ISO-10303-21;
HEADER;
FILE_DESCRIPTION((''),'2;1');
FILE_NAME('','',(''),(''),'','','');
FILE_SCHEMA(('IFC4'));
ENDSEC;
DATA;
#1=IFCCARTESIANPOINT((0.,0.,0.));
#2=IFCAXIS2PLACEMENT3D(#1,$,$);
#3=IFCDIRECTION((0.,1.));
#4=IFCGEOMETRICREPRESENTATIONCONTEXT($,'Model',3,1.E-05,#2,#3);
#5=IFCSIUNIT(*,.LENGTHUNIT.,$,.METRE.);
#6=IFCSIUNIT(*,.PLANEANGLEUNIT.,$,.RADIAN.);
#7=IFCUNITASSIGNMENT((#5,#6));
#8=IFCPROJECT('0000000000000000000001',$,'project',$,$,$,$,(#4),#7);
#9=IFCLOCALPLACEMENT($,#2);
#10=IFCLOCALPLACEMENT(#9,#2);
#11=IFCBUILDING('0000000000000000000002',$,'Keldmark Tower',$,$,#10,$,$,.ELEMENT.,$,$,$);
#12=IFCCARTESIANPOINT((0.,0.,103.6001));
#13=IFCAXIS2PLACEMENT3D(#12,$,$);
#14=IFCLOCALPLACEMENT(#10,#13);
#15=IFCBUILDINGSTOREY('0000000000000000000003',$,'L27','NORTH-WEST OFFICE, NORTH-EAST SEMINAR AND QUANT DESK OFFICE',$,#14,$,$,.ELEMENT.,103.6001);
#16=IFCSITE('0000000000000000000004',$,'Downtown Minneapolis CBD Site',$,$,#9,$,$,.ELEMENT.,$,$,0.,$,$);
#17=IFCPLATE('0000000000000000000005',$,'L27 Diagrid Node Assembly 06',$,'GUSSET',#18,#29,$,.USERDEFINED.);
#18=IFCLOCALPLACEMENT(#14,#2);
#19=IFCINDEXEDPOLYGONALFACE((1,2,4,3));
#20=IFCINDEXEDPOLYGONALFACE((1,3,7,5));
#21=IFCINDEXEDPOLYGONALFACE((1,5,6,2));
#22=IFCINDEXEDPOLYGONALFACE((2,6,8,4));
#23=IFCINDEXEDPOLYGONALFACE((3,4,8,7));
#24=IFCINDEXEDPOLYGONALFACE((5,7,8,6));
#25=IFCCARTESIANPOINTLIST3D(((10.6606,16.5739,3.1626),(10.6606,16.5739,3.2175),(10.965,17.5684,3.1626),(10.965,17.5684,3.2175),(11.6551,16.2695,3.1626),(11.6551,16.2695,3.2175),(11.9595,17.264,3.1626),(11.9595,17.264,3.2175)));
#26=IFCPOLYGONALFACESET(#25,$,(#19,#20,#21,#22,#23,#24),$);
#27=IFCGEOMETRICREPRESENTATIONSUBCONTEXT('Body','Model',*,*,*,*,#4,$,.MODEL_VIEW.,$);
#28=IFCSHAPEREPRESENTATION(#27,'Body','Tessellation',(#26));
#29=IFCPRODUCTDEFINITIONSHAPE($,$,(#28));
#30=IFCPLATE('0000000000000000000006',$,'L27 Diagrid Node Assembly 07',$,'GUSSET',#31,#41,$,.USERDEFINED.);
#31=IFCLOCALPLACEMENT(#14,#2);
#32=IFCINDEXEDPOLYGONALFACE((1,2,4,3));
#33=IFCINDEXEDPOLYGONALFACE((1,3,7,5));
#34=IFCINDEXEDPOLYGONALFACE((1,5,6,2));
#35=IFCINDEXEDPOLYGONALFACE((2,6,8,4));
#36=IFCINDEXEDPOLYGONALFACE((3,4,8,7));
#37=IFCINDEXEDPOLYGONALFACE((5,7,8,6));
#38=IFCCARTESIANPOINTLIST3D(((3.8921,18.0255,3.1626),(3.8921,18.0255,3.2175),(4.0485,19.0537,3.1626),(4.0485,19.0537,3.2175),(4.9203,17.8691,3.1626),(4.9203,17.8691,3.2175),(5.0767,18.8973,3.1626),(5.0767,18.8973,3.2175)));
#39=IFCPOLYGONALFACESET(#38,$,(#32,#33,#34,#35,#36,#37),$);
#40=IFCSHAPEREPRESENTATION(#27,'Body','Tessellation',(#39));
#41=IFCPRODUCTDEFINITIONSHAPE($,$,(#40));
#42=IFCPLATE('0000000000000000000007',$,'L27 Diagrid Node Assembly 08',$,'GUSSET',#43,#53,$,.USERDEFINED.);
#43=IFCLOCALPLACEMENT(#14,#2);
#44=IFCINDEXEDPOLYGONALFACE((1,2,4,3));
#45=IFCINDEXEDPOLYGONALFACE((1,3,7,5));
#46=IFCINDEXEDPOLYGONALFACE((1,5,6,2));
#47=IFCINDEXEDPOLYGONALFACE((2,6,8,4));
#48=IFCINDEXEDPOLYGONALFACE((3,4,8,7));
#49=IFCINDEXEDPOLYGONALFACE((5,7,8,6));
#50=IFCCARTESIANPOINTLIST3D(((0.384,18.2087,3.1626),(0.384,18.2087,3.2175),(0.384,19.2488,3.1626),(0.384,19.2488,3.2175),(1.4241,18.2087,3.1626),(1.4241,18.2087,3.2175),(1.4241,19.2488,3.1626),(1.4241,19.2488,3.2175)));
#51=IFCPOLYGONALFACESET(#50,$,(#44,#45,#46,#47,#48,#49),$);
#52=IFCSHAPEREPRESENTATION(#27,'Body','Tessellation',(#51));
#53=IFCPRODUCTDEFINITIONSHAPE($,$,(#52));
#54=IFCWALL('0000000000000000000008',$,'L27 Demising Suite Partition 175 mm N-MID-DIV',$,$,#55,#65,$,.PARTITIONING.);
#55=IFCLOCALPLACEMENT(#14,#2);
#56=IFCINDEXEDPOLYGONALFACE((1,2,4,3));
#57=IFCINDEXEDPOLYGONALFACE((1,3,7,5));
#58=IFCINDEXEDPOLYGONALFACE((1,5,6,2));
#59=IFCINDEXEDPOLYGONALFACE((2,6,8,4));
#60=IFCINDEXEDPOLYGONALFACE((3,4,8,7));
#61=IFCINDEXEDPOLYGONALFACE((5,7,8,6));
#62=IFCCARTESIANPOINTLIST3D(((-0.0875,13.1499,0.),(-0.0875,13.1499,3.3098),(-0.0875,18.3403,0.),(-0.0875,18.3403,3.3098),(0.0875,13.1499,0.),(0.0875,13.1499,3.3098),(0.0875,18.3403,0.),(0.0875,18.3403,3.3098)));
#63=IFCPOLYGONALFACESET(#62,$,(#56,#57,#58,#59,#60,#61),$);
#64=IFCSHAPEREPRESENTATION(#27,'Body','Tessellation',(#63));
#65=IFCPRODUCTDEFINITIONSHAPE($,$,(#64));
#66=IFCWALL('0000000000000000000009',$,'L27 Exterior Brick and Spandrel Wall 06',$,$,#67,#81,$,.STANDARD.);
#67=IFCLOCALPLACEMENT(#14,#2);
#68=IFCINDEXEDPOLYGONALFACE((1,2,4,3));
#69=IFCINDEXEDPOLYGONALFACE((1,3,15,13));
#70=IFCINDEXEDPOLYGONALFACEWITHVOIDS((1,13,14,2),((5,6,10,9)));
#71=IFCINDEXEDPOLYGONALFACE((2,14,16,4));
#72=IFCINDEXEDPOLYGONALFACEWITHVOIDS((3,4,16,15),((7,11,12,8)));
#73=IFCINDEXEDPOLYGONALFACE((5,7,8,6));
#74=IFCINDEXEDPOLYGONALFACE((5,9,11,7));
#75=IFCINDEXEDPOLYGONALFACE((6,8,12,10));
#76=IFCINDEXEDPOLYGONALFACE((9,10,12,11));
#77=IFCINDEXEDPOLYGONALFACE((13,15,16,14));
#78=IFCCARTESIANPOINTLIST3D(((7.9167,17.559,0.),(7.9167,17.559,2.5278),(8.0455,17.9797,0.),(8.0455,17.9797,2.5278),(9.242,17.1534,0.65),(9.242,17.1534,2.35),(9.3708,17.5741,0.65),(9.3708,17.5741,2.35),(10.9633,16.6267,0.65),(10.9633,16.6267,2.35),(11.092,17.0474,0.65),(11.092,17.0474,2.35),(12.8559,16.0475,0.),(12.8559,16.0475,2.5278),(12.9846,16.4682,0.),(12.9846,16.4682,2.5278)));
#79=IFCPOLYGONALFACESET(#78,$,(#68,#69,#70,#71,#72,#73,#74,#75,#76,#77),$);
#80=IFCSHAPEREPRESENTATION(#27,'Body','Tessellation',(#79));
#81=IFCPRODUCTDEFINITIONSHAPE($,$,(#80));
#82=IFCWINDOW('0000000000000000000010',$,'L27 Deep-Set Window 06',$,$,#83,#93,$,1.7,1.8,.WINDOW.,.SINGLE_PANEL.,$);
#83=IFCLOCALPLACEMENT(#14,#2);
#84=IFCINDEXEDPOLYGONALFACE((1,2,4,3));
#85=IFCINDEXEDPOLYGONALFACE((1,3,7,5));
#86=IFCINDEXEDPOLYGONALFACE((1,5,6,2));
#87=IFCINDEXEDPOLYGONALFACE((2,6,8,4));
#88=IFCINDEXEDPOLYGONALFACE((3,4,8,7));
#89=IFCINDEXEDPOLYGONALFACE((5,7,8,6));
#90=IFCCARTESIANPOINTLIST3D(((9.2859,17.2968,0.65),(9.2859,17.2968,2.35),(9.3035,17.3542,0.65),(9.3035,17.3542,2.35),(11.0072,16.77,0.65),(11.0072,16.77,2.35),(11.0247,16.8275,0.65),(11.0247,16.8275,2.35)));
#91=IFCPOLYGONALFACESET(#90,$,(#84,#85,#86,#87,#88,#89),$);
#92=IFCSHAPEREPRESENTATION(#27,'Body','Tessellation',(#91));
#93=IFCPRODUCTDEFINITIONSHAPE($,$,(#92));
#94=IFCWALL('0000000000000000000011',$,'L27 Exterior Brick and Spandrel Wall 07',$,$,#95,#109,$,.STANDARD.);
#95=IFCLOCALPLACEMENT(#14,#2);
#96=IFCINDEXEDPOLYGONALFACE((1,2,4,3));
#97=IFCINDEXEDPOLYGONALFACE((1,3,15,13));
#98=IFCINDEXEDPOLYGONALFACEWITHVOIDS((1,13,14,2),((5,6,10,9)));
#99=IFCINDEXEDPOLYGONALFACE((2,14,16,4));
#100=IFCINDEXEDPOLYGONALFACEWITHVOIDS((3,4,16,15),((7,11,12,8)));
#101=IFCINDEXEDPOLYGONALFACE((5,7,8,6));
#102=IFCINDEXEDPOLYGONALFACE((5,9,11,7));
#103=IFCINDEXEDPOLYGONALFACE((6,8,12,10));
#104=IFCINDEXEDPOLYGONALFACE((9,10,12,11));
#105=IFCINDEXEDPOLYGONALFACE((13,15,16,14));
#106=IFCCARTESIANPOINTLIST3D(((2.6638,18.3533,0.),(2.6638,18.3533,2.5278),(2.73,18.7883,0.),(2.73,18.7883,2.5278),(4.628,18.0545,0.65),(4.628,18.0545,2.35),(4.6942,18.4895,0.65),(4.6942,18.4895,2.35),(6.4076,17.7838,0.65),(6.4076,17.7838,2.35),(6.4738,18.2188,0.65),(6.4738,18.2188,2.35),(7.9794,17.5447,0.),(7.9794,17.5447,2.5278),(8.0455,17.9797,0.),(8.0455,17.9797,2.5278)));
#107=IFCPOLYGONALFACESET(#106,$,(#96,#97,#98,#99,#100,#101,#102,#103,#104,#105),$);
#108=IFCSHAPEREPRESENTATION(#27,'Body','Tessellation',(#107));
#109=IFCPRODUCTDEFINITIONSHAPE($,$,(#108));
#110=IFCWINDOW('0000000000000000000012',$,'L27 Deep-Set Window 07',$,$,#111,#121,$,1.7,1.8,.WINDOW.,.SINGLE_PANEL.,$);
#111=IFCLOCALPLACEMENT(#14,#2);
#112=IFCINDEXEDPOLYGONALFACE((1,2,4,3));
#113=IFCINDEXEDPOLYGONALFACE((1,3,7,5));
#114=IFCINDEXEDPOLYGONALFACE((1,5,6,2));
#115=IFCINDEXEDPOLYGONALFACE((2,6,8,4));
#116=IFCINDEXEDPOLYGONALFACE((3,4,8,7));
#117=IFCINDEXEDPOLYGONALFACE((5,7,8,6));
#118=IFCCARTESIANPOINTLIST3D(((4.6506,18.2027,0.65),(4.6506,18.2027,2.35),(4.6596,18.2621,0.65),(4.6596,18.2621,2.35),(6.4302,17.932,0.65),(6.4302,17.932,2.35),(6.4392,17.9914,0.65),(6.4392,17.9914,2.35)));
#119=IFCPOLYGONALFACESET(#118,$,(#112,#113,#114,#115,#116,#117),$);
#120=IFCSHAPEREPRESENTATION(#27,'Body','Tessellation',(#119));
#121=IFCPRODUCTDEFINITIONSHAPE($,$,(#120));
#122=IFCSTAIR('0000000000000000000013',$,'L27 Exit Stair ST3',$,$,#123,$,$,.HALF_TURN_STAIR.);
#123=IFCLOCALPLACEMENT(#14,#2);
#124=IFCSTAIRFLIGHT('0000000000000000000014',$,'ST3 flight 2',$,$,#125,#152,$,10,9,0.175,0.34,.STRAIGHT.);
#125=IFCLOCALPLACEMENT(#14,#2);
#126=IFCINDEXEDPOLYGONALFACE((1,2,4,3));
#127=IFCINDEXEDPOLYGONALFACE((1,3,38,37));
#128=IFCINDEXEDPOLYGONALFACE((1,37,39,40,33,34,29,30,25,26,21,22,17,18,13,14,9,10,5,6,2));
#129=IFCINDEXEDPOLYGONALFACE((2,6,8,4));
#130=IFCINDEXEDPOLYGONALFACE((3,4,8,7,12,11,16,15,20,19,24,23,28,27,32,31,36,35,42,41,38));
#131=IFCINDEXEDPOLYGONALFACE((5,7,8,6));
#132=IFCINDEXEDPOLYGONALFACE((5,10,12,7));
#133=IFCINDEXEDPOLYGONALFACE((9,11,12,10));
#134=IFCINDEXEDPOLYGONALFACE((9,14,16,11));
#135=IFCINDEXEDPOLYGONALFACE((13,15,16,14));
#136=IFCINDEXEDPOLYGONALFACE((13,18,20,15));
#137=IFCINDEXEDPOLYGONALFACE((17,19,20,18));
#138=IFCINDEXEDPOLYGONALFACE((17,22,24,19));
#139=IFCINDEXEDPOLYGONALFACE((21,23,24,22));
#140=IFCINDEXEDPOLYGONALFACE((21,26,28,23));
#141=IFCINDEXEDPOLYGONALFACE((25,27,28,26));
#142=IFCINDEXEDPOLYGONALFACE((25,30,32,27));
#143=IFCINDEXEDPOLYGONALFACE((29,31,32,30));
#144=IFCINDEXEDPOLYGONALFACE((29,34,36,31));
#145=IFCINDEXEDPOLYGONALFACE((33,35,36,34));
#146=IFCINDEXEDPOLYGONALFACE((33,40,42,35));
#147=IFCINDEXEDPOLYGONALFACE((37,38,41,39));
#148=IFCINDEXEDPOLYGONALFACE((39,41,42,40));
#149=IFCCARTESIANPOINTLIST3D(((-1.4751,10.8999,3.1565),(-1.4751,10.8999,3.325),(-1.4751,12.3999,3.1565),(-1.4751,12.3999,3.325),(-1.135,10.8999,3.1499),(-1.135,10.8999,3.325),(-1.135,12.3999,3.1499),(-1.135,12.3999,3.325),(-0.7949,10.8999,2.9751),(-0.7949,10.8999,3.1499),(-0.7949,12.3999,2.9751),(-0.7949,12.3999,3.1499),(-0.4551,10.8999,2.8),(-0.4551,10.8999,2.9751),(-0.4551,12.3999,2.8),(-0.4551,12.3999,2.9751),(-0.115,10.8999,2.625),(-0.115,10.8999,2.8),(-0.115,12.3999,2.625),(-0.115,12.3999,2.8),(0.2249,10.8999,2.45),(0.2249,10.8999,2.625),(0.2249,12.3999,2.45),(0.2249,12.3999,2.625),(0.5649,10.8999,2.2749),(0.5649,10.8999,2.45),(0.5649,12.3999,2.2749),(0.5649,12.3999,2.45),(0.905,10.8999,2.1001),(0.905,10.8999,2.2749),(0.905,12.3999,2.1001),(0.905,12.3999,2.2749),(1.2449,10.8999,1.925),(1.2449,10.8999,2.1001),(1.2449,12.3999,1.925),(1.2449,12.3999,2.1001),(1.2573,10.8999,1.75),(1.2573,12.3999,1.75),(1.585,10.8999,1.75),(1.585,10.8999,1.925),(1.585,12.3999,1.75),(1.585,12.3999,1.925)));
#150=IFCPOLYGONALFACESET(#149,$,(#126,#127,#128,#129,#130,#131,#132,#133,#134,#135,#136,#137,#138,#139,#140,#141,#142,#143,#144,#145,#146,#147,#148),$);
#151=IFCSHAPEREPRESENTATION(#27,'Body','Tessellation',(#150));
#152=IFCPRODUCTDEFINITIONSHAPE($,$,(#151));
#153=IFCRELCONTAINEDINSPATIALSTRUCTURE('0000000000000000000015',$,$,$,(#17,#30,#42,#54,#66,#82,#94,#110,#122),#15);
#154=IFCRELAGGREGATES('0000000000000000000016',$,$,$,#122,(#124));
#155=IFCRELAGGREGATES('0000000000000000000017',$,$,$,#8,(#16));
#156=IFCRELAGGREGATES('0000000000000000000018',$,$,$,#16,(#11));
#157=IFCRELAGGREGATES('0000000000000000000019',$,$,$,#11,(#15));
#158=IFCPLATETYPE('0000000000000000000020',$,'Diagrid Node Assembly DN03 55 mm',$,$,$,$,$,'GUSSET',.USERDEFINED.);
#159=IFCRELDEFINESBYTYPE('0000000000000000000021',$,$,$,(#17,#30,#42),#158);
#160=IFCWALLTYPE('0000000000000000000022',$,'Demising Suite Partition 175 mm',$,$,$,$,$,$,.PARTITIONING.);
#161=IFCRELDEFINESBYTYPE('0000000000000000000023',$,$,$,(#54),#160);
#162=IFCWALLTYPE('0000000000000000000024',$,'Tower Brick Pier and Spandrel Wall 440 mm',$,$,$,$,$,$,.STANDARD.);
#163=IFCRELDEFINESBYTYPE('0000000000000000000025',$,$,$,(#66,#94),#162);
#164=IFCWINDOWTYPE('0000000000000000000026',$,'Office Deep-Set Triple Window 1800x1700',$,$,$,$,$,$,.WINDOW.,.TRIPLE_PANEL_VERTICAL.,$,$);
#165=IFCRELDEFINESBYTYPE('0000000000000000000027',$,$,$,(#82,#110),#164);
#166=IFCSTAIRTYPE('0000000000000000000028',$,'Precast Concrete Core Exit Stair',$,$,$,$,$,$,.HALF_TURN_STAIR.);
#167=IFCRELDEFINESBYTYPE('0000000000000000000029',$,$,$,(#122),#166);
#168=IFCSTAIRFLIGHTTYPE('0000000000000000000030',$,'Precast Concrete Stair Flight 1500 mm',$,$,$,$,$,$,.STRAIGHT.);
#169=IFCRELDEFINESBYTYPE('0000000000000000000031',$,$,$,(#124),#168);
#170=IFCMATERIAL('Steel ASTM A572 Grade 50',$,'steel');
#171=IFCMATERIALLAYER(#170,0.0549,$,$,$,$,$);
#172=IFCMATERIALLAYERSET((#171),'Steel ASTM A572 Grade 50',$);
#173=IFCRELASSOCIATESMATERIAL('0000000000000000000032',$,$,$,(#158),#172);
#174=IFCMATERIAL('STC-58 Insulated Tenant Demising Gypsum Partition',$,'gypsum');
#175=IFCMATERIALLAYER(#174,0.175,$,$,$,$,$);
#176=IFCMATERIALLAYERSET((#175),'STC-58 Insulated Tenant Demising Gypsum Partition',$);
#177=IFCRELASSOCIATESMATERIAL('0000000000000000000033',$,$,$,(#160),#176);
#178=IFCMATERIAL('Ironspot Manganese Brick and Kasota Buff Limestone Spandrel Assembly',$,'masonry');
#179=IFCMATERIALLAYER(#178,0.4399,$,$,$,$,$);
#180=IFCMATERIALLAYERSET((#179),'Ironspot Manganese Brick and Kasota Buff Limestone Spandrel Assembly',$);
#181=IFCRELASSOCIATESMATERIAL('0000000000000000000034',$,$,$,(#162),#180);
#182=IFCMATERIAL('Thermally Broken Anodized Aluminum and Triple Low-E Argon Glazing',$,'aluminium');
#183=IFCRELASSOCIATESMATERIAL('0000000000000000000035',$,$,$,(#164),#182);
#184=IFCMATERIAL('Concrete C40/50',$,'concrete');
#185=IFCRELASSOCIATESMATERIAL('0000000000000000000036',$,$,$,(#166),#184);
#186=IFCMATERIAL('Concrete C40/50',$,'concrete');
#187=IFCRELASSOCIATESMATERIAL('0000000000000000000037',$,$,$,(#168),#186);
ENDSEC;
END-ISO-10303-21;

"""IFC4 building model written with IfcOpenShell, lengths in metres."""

from ifc_helpers import new_model, si_unit, direction, frame, frame_2d, origin, origin_2d, place, context, subcontext, project, spatial, polyline, rectangle, outline, extrude, material, layer, layer_set, type_object, element, fill, aggregate, save


model = new_model("IFC4")

# Units and contexts
model_context = context("Model", 3, precision=1e-05, world=origin(), true_north=direction((0.0, 1.0)))
body_context = subcontext(model_context, "Body", "Model", "MODEL_VIEW")
ifc_project = project(units=[si_unit("LENGTHUNIT", "METRE"), si_unit("PLANEANGLEUNIT", "RADIAN")], contexts=[model_context])

# Site, building, storey
site_placement = place(None, origin())
site = spatial("IfcSite", under=ifc_project, at=site_placement, Name="Downtown Minneapolis CBD Site", CompositionType="ELEMENT", RefElevation=0.0)
building_placement = place(site_placement, origin())
building = spatial("IfcBuilding", under=site, at=building_placement, Name="Keldmark Tower", CompositionType="ELEMENT")
storey_placement = place(building_placement, frame((0.0, 0.0, 103.6001)))
storey = spatial("IfcBuildingStorey", under=building, at=storey_placement, Name="L27", Description="NORTH-WEST OFFICE, NORTH-EAST SEMINAR AND QUANT DESK OFFICE", CompositionType="ELEMENT", Elevation=103.6001)

# Plates
ifc_material_1 = material(Name="Steel ASTM A572 Grade 50", Category="steel")
ifc_layer_1 = layer(ifc_material_1, 0.0549)
ifc_layer_set_1 = layer_set([ifc_layer_1], Name="Steel ASTM A572 Grade 50")
plate_type_1 = type_object("IfcPlateType", Name="Diagrid Node Assembly DN03 55 mm", ElementType="GUSSET", PredefinedType="USERDEFINED", material=ifc_layer_set_1)
for number, where, z_axis, x_axis, name in (
    (1, (11.3101, 16.9189, 3.1626), (0.0, 0.0, 1.0), (-0.956203, 0.292706, 0.0), "L27 Diagrid Node Assembly 06"),
    (2, (4.4844, 18.4614, 3.1626), (0.0, 0.0, 1.0), (-0.988626, 0.150398, 0.0), "L27 Diagrid Node Assembly 07"),
    (3, (0.9041, 18.7288, 3.1626), (0.0, 0.0, 1.0), (-1.0, 0.0, 0.0), "L27 Diagrid Node Assembly 08"),
):
    element("IfcPlate", number, at=place(storey_placement, frame(where, z_axis=z_axis, x_axis=x_axis)), inside=storey, type_object=plate_type_1, Name=name, ObjectType="GUSSET", PredefinedType="USERDEFINED", context=body_context, shape_type="SweptSolid", body=[
        extrude(rectangle(XDim=1.04, YDim=1.04, at=origin_2d()), origin(), (0.0, 0.0, 1.0), 0.0549),
    ])

# Wall
ifc_material_2 = material(Name="STC-58 Insulated Tenant Demising Gypsum Partition", Category="gypsum")
ifc_layer_2 = layer(ifc_material_2, 0.175)
ifc_layer_set_2 = layer_set([ifc_layer_2], Name="STC-58 Insulated Tenant Demising Gypsum Partition")
wall_type_1 = type_object("IfcWallType", Name="Demising Suite Partition 175 mm", PredefinedType="PARTITIONING", material=ifc_layer_set_2)
wall_1_placement = place(storey_placement, frame((0.0, 13.1499, 0.0), z_axis=(0.0, 0.0, 1.0), x_axis=(0.0, 1.0, 0.0)))
element("IfcWall", 4, at=wall_1_placement, inside=storey, type_object=wall_type_1, Name="L27 Demising Suite Partition 175 mm N-MID-DIV", PredefinedType="PARTITIONING", context=body_context, shape_type="SweptSolid", body=[
    extrude(rectangle(XDim=5.1904, YDim=0.175, at=frame_2d((2.5952, 0.0))), origin(), (0.0, 0.0, 1.0), 3.3098),
])

# Walls, openings, windows
ifc_material_3 = material(Name="Ironspot Manganese Brick and Kasota Buff Limestone Spandrel Assembly", Category="masonry")
ifc_layer_3 = layer(ifc_material_3, 0.4399)
ifc_layer_set_3 = layer_set([ifc_layer_3], Name="Ironspot Manganese Brick and Kasota Buff Limestone Spandrel Assembly")
wall_type_2 = type_object("IfcWallType", Name="Tower Brick Pier and Spandrel Wall 440 mm", PredefinedType="STANDARD", material=ifc_layer_set_3)
wall_2_placement = place(storey_placement, frame((7.9812, 17.7693, 0.0), z_axis=(0.0, 0.0, 1.0), x_axis=(0.956229, -0.292621, 0.0)))
wall_2 = element("IfcWall", 5, at=wall_2_placement, inside=storey, type_object=wall_type_2, Name="L27 Exterior Brick and Spandrel Wall 06", PredefinedType="STANDARD", context=body_context, shape_type="SweptSolid", body=[
    extrude(rectangle(XDim=5.1653, YDim=0.4399, at=frame_2d((2.5825, 0.0))), origin(), (0.0, 0.0, 1.0), 2.5278),
])
opening_1_placement = place(wall_2_placement, frame((1.386, 0.0, 0.6499)))
opening_1 = element("IfcOpeningElement", 6, at=opening_1_placement, cuts=wall_2, PredefinedType="OPENING", context=body_context, shape_type="SweptSolid", body=[
    extrude(rectangle(XDim=1.8, YDim=1.7, at=frame_2d((0.8999, 0.8501))), frame((0.0, 0.23, 0.0), z_axis=(0.0, -1.0, 0.0), x_axis=(1.0, 0.0, 0.0)), (0.0, 0.0, 1.0), 0.46),
])
ifc_material_4 = material(Name="Thermally Broken Anodized Aluminum and Triple Low-E Argon Glazing", Category="aluminium")
window_type = type_object("IfcWindowType", Name="Office Deep-Set Triple Window 1800x1700", PartitioningType="TRIPLE_PANEL_VERTICAL", PredefinedType="WINDOW", material=ifc_material_4)
window_1_placement = place(opening_1_placement, origin())
window_1 = element("IfcWindow", 7, at=window_1_placement, inside=storey, type_object=window_type, Name="L27 Deep-Set Window 06", OverallHeight=1.7, OverallWidth=1.8, PartitioningType="SINGLE_PANEL", PredefinedType="WINDOW", context=body_context, shape_type="SweptSolid", body=[
    extrude(rectangle(XDim=1.8, YDim=1.7, at=frame_2d((0.8999, 0.8501))), frame((0.0, -0.01, 0.0), z_axis=(0.0, -1.0, 0.0), x_axis=(1.0, 0.0, 0.0)), (0.0, 0.0, 1.0), 0.0601),
])
fill(opening_1, window_1)
wall_3_placement = place(storey_placement, frame((2.6968, 18.5708, 0.0), z_axis=(0.0, 0.0, 1.0), x_axis=(0.988627, -0.150385, 0.0)))
wall_3 = element("IfcWall", 8, at=wall_3_placement, inside=storey, type_object=wall_type_2, Name="L27 Exterior Brick and Spandrel Wall 07", PredefinedType="STANDARD", context=body_context, shape_type="SweptSolid", body=[
    extrude(rectangle(XDim=5.3767, YDim=0.4399, at=frame_2d((2.6885, 0.0))), origin(), (0.0, 0.0, 1.0), 2.5278),
])
opening_2_placement = place(wall_3_placement, frame((1.9871, 0.0, 0.6499)))
opening_2 = element("IfcOpeningElement", 9, at=opening_2_placement, cuts=wall_3, PredefinedType="OPENING", context=body_context, shape_type="SweptSolid", body=[
    extrude(rectangle(XDim=1.8, YDim=1.7, at=frame_2d((0.8999, 0.8501))), frame((0.0, 0.23, 0.0), z_axis=(0.0, -1.0, 0.0), x_axis=(1.0, 0.0, 0.0)), (0.0, 0.0, 1.0), 0.46),
])
window_2_placement = place(opening_2_placement, origin())
window_2 = element("IfcWindow", 10, at=window_2_placement, inside=storey, type_object=window_type, Name="L27 Deep-Set Window 07", OverallHeight=1.7, OverallWidth=1.8, PartitioningType="SINGLE_PANEL", PredefinedType="WINDOW", context=body_context, shape_type="SweptSolid", body=[
    extrude(rectangle(XDim=1.8, YDim=1.7, at=frame_2d((0.8999, 0.8501))), frame((0.0, -0.01, 0.0), z_axis=(0.0, -1.0, 0.0), x_axis=(1.0, 0.0, 0.0)), (0.0, 0.0, 1.0), 0.0601),
])
fill(opening_2, window_2)

# Stair, stair flight
ifc_material_5 = material(Name="Concrete C40/50", Category="concrete")
stair_type = type_object("IfcStairType", Name="Precast Concrete Core Exit Stair", PredefinedType="HALF_TURN_STAIR", material=ifc_material_5)
stair_placement = place(storey_placement, origin())
stair = element("IfcStair", 11, at=stair_placement, inside=storey, type_object=stair_type, Name="L27 Exit Stair ST3", PredefinedType="HALF_TURN_STAIR")
ifc_material_6 = material(Name="Concrete C40/50", Category="concrete")
stair_flight_type = type_object("IfcStairFlightType", Name="Precast Concrete Stair Flight 1500 mm", PredefinedType="STRAIGHT", material=ifc_material_6)
stair_flight_placement = place(storey_placement, frame((1.585, 11.6499, 1.75), z_axis=(0.0, 0.0, 1.0), x_axis=(-1.0, 0.0, 0.0)))
stair_flight = element("IfcStairFlight", 12, at=stair_flight_placement, type_object=stair_flight_type, Name="ST3 flight 2", NumberOfRisers=10, NumberOfTreads=9, PredefinedType="STRAIGHT", RiserHeight=0.175, TreadLength=0.34, context=body_context, shape_type="SweptSolid", body=[
    extrude(outline(polyline([(0.0, 0.0), (0.0, 0.175), (0.3401, 0.175), (0.3401, 0.3501), (0.6799, 0.3501), (0.6799, 0.5249), (1.02, 0.5249), (1.02, 0.7), (1.3601, 0.7), (1.3601, 0.875), (1.7, 0.875), (1.7, 1.05), (2.04, 1.05), (2.04, 1.2251), (2.3799, 1.2251), (2.3799, 1.3999), (2.72, 1.3999), (2.72, 1.575), (3.0601, 1.575), (3.0601, 1.75), (3.0601, 1.4065), (0.3276, 0.0), (0.0, 0.0)])), frame((0.0, 0.75, 0.0), z_axis=(0.0, -1.0, 0.0), x_axis=(1.0, 0.0, 0.0)), (0.0, 0.0, 1.0), 1.5),
])
aggregate(stair, [stair_flight])

save(model, "model.ifc")
